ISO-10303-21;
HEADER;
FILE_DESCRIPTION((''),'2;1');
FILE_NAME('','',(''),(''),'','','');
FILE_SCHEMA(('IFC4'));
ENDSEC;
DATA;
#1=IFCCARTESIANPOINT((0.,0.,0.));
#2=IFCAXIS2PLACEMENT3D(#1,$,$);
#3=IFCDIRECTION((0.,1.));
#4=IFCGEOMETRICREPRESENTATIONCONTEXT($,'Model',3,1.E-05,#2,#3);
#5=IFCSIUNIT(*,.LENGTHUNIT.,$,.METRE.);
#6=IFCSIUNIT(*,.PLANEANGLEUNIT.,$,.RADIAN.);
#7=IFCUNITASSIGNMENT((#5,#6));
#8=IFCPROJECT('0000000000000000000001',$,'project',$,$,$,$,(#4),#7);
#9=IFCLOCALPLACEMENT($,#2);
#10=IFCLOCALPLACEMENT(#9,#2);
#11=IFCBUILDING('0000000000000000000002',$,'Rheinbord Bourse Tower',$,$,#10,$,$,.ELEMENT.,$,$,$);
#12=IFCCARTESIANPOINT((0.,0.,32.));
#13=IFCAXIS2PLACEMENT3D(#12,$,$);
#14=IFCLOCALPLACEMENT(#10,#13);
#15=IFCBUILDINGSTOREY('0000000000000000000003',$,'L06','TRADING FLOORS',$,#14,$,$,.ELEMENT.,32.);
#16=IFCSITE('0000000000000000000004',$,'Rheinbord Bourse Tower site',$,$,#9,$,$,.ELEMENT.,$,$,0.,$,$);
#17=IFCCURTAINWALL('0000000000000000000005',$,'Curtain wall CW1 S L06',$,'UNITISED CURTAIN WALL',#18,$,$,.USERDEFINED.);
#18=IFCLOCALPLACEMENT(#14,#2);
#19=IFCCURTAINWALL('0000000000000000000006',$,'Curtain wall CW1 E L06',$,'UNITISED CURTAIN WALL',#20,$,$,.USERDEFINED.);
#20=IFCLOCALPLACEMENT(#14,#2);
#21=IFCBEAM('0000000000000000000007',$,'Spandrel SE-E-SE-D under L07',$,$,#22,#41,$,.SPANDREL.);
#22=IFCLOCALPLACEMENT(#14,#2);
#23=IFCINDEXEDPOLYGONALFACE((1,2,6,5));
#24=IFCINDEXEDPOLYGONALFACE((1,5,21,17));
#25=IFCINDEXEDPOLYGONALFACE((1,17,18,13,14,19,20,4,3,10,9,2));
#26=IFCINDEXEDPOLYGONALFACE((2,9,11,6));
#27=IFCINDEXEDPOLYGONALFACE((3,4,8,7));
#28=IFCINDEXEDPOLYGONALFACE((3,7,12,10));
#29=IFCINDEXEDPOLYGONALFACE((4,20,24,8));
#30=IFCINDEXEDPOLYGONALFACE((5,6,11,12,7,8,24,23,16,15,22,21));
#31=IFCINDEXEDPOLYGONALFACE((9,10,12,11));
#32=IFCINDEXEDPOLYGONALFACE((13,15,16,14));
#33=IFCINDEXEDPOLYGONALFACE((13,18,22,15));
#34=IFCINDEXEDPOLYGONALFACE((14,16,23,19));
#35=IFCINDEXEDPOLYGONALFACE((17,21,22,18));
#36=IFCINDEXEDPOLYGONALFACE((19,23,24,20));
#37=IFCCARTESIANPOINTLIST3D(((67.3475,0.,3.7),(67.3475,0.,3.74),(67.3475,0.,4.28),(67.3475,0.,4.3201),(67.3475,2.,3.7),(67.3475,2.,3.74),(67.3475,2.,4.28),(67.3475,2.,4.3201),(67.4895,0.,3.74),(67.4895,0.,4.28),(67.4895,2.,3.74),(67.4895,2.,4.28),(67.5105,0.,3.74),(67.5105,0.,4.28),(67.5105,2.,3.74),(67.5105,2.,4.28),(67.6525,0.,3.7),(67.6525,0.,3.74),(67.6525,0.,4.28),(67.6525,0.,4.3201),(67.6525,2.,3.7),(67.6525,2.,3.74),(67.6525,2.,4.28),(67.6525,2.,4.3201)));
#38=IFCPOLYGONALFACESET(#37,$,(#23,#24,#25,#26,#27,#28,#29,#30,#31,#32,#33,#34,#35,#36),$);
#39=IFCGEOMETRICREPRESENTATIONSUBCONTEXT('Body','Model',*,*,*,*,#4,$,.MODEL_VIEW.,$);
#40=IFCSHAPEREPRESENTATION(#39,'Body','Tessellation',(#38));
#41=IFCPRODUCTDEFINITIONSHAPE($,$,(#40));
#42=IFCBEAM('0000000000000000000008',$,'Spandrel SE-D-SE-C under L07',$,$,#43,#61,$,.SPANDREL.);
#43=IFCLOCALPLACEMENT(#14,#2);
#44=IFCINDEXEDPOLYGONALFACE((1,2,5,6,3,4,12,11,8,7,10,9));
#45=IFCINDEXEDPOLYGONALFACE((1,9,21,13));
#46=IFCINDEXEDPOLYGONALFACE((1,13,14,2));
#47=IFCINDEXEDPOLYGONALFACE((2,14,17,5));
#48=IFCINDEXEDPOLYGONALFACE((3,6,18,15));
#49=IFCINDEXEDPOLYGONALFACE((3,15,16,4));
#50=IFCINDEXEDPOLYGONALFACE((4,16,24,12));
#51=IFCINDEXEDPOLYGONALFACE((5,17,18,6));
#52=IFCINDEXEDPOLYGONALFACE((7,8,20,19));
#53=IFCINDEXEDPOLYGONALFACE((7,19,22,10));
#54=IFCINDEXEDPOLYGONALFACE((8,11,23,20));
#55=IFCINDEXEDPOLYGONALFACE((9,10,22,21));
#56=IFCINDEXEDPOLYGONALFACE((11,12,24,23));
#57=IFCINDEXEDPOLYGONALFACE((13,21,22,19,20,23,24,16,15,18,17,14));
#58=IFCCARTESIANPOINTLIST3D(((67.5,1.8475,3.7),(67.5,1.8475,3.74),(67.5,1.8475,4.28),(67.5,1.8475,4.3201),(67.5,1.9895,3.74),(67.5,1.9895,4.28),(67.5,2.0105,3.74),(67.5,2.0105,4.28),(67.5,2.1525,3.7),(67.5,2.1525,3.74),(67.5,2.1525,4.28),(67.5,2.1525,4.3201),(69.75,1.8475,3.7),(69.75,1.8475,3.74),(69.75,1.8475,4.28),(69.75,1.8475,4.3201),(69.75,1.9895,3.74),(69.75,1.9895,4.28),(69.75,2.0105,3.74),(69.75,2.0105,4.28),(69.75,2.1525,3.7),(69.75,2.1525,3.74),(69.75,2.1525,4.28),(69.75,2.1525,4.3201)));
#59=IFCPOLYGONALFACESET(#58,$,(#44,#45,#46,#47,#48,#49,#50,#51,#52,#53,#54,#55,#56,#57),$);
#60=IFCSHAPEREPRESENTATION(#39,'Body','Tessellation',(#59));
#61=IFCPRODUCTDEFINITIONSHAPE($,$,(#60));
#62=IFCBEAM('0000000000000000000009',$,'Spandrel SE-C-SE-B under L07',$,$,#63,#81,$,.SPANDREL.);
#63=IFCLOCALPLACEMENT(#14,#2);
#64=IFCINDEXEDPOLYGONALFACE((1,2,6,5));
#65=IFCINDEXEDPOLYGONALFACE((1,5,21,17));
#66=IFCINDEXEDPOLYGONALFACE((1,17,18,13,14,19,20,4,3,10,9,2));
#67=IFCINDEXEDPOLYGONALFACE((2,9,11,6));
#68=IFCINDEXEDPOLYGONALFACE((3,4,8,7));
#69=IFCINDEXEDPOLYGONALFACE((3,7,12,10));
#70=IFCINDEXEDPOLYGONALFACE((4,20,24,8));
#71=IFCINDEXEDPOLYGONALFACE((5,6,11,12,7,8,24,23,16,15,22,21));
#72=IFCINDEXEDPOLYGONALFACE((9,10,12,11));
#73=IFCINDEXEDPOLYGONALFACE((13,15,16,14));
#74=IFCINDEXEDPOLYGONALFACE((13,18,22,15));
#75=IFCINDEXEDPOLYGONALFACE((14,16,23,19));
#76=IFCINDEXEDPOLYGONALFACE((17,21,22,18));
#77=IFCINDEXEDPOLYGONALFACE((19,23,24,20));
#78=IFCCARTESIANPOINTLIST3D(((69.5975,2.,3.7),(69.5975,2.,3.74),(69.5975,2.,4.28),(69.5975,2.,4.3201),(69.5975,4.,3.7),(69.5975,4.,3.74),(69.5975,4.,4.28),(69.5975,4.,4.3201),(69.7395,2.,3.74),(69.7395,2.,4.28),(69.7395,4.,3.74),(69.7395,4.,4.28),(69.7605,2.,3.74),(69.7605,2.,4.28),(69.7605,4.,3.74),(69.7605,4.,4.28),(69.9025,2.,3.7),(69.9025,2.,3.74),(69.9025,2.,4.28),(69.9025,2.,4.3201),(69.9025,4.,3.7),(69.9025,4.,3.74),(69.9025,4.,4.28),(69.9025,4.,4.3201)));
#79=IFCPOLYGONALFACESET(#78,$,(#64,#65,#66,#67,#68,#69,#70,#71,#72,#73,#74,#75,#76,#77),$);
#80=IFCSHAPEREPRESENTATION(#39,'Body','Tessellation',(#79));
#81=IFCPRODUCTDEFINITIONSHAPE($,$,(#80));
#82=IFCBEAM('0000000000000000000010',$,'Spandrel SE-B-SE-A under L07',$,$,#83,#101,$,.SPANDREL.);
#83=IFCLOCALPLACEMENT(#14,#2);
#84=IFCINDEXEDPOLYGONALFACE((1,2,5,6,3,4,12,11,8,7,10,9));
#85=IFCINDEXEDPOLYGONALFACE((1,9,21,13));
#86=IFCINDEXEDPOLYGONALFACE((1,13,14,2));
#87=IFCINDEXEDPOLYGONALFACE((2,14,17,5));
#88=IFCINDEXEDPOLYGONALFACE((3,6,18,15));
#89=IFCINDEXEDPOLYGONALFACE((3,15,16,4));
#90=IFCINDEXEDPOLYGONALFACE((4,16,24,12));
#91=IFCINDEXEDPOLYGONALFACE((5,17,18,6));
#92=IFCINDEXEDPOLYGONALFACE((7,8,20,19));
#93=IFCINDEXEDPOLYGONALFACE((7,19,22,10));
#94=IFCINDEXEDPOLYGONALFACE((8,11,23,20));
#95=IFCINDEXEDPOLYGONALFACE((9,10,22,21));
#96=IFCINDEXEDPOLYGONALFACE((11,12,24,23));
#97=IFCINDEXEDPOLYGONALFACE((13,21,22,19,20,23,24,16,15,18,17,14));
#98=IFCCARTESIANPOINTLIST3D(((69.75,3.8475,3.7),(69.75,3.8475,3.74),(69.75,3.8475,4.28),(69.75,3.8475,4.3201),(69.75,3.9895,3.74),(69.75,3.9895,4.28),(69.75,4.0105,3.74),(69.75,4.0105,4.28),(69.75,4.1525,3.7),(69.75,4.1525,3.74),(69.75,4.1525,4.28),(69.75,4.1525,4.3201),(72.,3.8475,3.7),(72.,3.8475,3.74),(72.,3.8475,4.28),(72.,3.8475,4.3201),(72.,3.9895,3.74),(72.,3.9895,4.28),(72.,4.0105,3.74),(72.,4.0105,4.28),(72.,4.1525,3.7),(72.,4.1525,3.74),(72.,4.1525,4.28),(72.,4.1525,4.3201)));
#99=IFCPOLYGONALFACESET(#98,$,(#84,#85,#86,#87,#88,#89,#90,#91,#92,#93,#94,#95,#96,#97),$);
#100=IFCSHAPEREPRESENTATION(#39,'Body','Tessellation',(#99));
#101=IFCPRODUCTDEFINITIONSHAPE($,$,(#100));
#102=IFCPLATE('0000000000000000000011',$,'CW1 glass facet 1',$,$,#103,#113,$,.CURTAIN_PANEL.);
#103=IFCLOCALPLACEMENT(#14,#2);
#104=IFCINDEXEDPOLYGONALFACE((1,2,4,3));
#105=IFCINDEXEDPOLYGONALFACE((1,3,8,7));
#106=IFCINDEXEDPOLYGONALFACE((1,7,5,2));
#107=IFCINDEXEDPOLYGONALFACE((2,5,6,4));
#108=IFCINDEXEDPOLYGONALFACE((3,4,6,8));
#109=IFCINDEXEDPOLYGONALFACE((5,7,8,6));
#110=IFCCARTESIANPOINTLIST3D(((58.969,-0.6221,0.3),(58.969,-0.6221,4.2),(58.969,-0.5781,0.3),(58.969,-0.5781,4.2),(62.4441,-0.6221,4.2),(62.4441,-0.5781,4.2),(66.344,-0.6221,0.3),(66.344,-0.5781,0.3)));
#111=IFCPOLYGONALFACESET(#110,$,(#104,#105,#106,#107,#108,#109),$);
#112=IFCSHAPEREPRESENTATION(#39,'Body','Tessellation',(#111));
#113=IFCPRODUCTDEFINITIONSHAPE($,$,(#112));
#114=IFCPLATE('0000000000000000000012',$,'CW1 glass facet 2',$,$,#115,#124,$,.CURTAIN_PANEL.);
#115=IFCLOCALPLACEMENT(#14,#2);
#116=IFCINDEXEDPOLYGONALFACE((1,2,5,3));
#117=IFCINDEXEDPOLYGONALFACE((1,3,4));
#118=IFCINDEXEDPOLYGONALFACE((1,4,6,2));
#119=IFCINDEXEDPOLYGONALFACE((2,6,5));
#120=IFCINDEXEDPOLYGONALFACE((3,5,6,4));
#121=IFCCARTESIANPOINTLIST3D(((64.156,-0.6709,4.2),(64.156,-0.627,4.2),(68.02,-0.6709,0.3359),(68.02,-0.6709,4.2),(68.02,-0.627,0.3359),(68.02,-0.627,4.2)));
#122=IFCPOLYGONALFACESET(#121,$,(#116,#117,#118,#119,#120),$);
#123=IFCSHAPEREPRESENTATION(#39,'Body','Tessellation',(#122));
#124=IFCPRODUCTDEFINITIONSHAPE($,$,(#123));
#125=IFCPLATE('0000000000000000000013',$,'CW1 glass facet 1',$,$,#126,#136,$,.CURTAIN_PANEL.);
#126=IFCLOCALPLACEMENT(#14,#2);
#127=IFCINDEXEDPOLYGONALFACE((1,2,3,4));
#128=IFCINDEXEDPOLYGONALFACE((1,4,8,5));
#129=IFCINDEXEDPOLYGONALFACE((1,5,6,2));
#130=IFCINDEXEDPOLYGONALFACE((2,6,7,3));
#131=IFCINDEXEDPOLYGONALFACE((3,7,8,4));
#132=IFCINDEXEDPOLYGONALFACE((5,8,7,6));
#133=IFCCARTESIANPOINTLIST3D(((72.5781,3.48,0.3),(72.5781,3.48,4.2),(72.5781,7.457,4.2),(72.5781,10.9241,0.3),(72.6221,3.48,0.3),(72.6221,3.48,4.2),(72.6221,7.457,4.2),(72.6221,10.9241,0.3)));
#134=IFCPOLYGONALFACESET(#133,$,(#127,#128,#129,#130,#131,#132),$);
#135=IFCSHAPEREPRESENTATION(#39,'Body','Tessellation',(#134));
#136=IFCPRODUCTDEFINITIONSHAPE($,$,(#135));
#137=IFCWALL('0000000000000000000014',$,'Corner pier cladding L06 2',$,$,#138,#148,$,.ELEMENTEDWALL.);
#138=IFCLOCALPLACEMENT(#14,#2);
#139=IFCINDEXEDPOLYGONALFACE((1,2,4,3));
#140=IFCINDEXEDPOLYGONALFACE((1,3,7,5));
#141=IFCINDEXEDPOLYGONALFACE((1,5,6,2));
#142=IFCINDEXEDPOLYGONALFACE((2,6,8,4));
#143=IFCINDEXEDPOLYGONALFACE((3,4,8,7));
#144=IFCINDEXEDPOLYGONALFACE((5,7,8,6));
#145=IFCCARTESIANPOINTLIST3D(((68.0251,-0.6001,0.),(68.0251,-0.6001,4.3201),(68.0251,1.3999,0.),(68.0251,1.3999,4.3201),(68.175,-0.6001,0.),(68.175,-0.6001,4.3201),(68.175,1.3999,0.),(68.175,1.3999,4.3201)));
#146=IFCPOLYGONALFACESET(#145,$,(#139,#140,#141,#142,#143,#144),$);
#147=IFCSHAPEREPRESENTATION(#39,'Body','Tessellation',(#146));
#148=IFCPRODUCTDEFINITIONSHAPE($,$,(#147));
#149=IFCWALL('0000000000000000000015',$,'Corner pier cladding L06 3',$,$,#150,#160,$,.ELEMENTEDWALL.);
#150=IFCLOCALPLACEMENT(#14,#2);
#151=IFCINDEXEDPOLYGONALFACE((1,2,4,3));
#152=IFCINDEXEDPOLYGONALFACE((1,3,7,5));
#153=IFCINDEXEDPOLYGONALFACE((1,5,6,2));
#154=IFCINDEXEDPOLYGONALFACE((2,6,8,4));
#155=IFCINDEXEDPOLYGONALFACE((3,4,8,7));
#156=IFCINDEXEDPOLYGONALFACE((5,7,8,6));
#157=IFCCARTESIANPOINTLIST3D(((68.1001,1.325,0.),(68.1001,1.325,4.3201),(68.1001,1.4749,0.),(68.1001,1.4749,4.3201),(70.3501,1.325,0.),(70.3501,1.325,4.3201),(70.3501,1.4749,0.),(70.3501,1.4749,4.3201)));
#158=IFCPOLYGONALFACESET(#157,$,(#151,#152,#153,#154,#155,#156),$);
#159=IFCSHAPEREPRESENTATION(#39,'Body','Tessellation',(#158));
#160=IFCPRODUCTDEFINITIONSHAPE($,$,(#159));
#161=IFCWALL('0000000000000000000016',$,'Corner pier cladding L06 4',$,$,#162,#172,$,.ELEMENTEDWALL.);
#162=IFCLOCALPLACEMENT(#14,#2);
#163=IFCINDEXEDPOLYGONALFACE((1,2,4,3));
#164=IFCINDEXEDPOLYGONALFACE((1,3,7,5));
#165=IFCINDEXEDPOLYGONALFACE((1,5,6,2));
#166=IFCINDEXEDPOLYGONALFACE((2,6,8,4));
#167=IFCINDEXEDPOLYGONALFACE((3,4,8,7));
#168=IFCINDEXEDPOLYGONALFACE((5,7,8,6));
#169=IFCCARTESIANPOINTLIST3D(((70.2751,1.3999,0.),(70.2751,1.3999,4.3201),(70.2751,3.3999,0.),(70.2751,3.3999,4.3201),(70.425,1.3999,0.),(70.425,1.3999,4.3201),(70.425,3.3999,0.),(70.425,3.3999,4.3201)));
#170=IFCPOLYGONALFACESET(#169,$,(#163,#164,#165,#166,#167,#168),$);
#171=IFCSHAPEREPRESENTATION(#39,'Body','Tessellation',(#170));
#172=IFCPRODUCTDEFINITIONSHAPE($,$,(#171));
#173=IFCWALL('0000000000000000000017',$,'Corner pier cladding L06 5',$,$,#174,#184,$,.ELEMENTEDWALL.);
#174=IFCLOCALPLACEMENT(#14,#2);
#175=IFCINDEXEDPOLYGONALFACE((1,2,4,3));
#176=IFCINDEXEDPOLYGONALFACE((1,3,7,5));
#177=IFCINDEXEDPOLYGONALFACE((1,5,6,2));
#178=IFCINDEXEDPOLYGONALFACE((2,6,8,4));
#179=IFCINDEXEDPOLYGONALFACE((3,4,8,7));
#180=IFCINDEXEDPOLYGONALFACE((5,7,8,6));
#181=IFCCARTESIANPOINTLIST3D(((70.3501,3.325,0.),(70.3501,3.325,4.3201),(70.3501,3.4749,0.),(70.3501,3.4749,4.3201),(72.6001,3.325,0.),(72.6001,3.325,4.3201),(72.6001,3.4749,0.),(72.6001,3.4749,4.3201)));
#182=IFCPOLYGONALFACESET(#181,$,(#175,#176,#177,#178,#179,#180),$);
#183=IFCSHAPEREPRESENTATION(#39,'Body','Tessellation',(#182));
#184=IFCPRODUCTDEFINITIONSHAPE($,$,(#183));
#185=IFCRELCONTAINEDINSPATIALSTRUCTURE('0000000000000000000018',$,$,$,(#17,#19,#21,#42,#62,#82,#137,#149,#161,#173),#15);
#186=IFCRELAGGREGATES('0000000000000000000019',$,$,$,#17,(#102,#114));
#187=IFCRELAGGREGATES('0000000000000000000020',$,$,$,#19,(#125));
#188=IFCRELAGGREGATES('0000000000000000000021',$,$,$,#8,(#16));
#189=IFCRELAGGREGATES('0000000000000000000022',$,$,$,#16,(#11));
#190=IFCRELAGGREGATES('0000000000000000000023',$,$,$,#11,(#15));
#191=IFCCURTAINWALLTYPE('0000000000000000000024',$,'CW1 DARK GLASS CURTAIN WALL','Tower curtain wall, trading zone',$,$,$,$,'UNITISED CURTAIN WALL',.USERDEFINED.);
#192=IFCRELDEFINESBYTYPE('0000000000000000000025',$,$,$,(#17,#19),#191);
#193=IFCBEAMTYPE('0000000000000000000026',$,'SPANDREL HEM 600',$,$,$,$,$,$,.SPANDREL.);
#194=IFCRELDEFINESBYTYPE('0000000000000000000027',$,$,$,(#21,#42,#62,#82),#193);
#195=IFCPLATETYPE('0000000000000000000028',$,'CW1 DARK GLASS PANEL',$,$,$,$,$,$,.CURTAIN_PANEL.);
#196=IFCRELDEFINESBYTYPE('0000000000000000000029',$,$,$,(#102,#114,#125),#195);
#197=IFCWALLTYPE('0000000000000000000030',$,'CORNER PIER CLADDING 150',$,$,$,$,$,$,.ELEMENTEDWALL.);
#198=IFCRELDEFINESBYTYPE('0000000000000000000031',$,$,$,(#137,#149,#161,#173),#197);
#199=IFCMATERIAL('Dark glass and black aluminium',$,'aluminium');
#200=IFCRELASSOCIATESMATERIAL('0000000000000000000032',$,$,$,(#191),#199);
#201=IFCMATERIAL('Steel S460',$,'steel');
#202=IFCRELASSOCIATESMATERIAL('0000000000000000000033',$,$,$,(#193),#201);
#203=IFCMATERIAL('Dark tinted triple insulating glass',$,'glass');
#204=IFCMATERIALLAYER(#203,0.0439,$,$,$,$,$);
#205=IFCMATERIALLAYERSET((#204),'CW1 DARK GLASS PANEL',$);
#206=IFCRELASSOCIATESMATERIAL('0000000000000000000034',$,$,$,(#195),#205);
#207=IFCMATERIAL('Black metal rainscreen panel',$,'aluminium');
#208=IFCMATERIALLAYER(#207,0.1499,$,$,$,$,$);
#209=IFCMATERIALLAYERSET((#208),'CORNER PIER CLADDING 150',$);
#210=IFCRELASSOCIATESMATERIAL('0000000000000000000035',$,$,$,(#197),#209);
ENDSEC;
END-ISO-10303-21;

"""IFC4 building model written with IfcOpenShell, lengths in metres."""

from ifc_helpers import new_model, si_unit, direction, frame, frame_2d, origin, origin_2d, place, context, subcontext, project, spatial, polyline, rectangle, i_section, outline, extrude, material, layer, layer_set, material_profile, profile_set, type_object, element, aggregate, save


model = new_model("IFC4")

# Units and contexts
model_context = context("Model", 3, precision=1e-05, world=origin(), true_north=direction((0.0, 1.0)))
body_context = subcontext(model_context, "Body", "Model", "MODEL_VIEW")
ifc_project = project(units=[si_unit("LENGTHUNIT", "METRE"), si_unit("PLANEANGLEUNIT", "RADIAN")], contexts=[model_context])

# Site, building, storey
site_placement = place(None, origin())
site = spatial("IfcSite", under=ifc_project, at=site_placement, Name="Rheinbord Bourse Tower site", CompositionType="ELEMENT", RefElevation=0.0)
building_placement = place(site_placement, origin())
building = spatial("IfcBuilding", under=site, at=building_placement, Name="Rheinbord Bourse Tower", CompositionType="ELEMENT")
storey_placement = place(building_placement, frame((0.0, 0.0, 32.0)))
storey = spatial("IfcBuildingStorey", under=building, at=storey_placement, Name="L06", Description="TRADING FLOORS", CompositionType="ELEMENT", Elevation=32.0)

# Curtain wall
ifc_material_1 = material(Name="Dark glass and black aluminium", Category="aluminium")
curtain_wall_type = type_object("IfcCurtainWallType", Name="CW1 DARK GLASS CURTAIN WALL", Description="Tower curtain wall, trading zone", ElementType="UNITISED CURTAIN WALL", PredefinedType="USERDEFINED", material=ifc_material_1)
curtain_wall_1_placement = place(storey_placement, origin())
curtain_wall_1 = element("IfcCurtainWall", 1, at=curtain_wall_1_placement, inside=storey, type_object=curtain_wall_type, Name="Curtain wall CW1 S L06", ObjectType="UNITISED CURTAIN WALL", PredefinedType="USERDEFINED")

# Curtain wall
curtain_wall_2_placement = place(storey_placement, origin())
curtain_wall_2 = element("IfcCurtainWall", 2, at=curtain_wall_2_placement, inside=storey, type_object=curtain_wall_type, Name="Curtain wall CW1 E L06", ObjectType="UNITISED CURTAIN WALL", PredefinedType="USERDEFINED")

# Beams
ifc_material_2 = material(Name="Steel S460", Category="steel")
ifc_material_profile_1 = material_profile(ifc_material_2, i_section(OverallWidth=0.3049, OverallDepth=0.6201, WebThickness=0.021, FlangeThickness=0.04, at=origin_2d()), Name="HEM 600")
ifc_profile_set_1 = profile_set([ifc_material_profile_1], Name="Steel S460")
beam_type_1 = type_object("IfcBeamType", Name="SPANDREL HEM 600", PredefinedType="SPANDREL", material=ifc_profile_set_1)
beam_1_placement = place(storey_placement, frame((67.5, 0.0, 4.01), z_axis=(0.0, 1.0, 0.0), x_axis=(-1.0, 0.0, 0.0)))
element("IfcBeam", 3, at=beam_1_placement, inside=storey, type_object=beam_type_1, Name="Spandrel SE-E-SE-D under L07", PredefinedType="SPANDREL", context=body_context, shape_type="SweptSolid", body=[
    extrude(i_section(OverallWidth=0.3049, OverallDepth=0.6201, WebThickness=0.021, FlangeThickness=0.04, at=origin_2d()), origin(), (0.0, 0.0, 1.0), 2.0),
])
beam_2_placement = place(storey_placement, frame((67.5, 2.0, 4.01), z_axis=(1.0, 0.0, 0.0), x_axis=(0.0, 1.0, 0.0)))
element("IfcBeam", 4, at=beam_2_placement, inside=storey, type_object=beam_type_1, Name="Spandrel SE-D-SE-C under L07", PredefinedType="SPANDREL", context=body_context, shape_type="SweptSolid", body=[
    extrude(i_section(OverallWidth=0.3049, OverallDepth=0.6201, WebThickness=0.021, FlangeThickness=0.04, at=origin_2d()), origin(), (0.0, 0.0, 1.0), 2.25),
])
beam_3_placement = place(storey_placement, frame((69.75, 2.0, 4.01), z_axis=(0.0, 1.0, 0.0), x_axis=(-1.0, 0.0, 0.0)))
element("IfcBeam", 5, at=beam_3_placement, inside=storey, type_object=beam_type_1, Name="Spandrel SE-C-SE-B under L07", PredefinedType="SPANDREL", context=body_context, shape_type="SweptSolid", body=[
    extrude(i_section(OverallWidth=0.3049, OverallDepth=0.6201, WebThickness=0.021, FlangeThickness=0.04, at=origin_2d()), origin(), (0.0, 0.0, 1.0), 2.0),
])
beam_4_placement = place(storey_placement, frame((69.75, 4.0, 4.01), z_axis=(1.0, 0.0, 0.0), x_axis=(0.0, 1.0, 0.0)))
element("IfcBeam", 6, at=beam_4_placement, inside=storey, type_object=beam_type_1, Name="Spandrel SE-B-SE-A under L07", PredefinedType="SPANDREL", context=body_context, shape_type="SweptSolid", body=[
    extrude(i_section(OverallWidth=0.3049, OverallDepth=0.6201, WebThickness=0.021, FlangeThickness=0.04, at=origin_2d()), origin(), (0.0, 0.0, 1.0), 2.25),
])

# Plates
ifc_material_3 = material(Name="Dark tinted triple insulating glass", Category="glass")
ifc_layer_1 = layer(ifc_material_3, 0.0439)
ifc_layer_set_1 = layer_set([ifc_layer_1], Name="CW1 DARK GLASS PANEL")
plate_type = type_object("IfcPlateType", Name="CW1 DARK GLASS PANEL", PredefinedType="CURTAIN_PANEL", material=ifc_layer_set_1)
plate_1_placement = place(storey_placement, frame((58.969, -0.6221, 0.3), z_axis=(0.0, 1.0, 0.0), x_axis=(0.0, 0.0, 1.0)))
plate_1 = element("IfcPlate", 7, at=plate_1_placement, type_object=plate_type, Name="CW1 glass facet 1", PredefinedType="CURTAIN_PANEL", context=body_context, shape_type="SweptSolid", body=[
    extrude(outline(polyline([(0.0, 0.0), (3.8999, 0.0), (3.8999, 3.4751), (0.0, 7.375), (0.0, 0.0)])), origin(), (0.0, 0.0, 1.0), 0.0439),
])
plate_2_placement = place(storey_placement, frame((68.02, -0.6709, 4.2), z_axis=(0.0, 1.0, 0.0), x_axis=(0.0, 0.0, -1.0)))
plate_2 = element("IfcPlate", 8, at=plate_2_placement, type_object=plate_type, Name="CW1 glass facet 2", PredefinedType="CURTAIN_PANEL", context=body_context, shape_type="SweptSolid", body=[
    extrude(outline(polyline([(0.0, 0.0), (3.864, 0.0), (0.0, 3.864), (0.0, 0.0)])), origin(), (0.0, 0.0, 1.0), 0.0439),
])
aggregate(curtain_wall_1, [plate_1, plate_2])
plate_3_placement = place(storey_placement, frame((72.6221, 3.48, 0.3), z_axis=(-1.0, 0.0, 0.0), x_axis=(0.0, 0.0, 1.0)))
plate_3 = element("IfcPlate", 9, at=plate_3_placement, type_object=plate_type, Name="CW1 glass facet 1", PredefinedType="CURTAIN_PANEL", context=body_context, shape_type="SweptSolid", body=[
    extrude(outline(polyline([(0.0, 0.0), (3.8999, 0.0), (3.8999, 3.9771), (0.0, 7.4441), (0.0, 0.0)])), origin(), (0.0, 0.0, 1.0), 0.0439),
])
aggregate(curtain_wall_2, [plate_3])

# Walls
ifc_material_4 = material(Name="Black metal rainscreen panel", Category="aluminium")
ifc_layer_2 = layer(ifc_material_4, 0.1499)
ifc_layer_set_2 = layer_set([ifc_layer_2], Name="CORNER PIER CLADDING 150")
wall_type = type_object("IfcWallType", Name="CORNER PIER CLADDING 150", PredefinedType="ELEMENTEDWALL", material=ifc_layer_set_2)
wall_1_placement = place(storey_placement, frame((68.1001, -0.6001, 0.0), z_axis=(0.0, 0.0, 1.0), x_axis=(0.0, 1.0, 0.0)))
element("IfcWall", 10, at=wall_1_placement, inside=storey, type_object=wall_type, Name="Corner pier cladding L06 2", PredefinedType="ELEMENTEDWALL", context=body_context, shape_type="SweptSolid", body=[
    extrude(rectangle(XDim=2.0, YDim=0.1499, at=frame_2d((1.0, 0.0))), origin(), (0.0, 0.0, 1.0), 4.3201),
])
wall_2_placement = place(storey_placement, frame((68.1001, 1.3999, 0.0), z_axis=(0.0, 0.0, 1.0), x_axis=(1.0, 0.0, 0.0)))
element("IfcWall", 11, at=wall_2_placement, inside=storey, type_object=wall_type, Name="Corner pier cladding L06 3", PredefinedType="ELEMENTEDWALL", context=body_context, shape_type="SweptSolid", body=[
    extrude(rectangle(XDim=2.25, YDim=0.1499, at=frame_2d((1.125, 0.0))), origin(), (0.0, 0.0, 1.0), 4.3201),
])
wall_3_placement = place(storey_placement, frame((70.3501, 1.3999, 0.0), z_axis=(0.0, 0.0, 1.0), x_axis=(0.0, 1.0, 0.0)))
element("IfcWall", 12, at=wall_3_placement, inside=storey, type_object=wall_type, Name="Corner pier cladding L06 4", PredefinedType="ELEMENTEDWALL", context=body_context, shape_type="SweptSolid", body=[
    extrude(rectangle(XDim=2.0, YDim=0.1499, at=frame_2d((1.0, 0.0))), origin(), (0.0, 0.0, 1.0), 4.3201),
])
wall_4_placement = place(storey_placement, frame((70.3501, 3.3999, 0.0), z_axis=(0.0, 0.0, 1.0), x_axis=(1.0, 0.0, 0.0)))
element("IfcWall", 13, at=wall_4_placement, inside=storey, type_object=wall_type, Name="Corner pier cladding L06 5", PredefinedType="ELEMENTEDWALL", context=body_context, shape_type="SweptSolid", body=[
    extrude(rectangle(XDim=2.25, YDim=0.1499, at=frame_2d((1.125, 0.0))), origin(), (0.0, 0.0, 1.0), 4.3201),
])

save(model, "model.ifc")
